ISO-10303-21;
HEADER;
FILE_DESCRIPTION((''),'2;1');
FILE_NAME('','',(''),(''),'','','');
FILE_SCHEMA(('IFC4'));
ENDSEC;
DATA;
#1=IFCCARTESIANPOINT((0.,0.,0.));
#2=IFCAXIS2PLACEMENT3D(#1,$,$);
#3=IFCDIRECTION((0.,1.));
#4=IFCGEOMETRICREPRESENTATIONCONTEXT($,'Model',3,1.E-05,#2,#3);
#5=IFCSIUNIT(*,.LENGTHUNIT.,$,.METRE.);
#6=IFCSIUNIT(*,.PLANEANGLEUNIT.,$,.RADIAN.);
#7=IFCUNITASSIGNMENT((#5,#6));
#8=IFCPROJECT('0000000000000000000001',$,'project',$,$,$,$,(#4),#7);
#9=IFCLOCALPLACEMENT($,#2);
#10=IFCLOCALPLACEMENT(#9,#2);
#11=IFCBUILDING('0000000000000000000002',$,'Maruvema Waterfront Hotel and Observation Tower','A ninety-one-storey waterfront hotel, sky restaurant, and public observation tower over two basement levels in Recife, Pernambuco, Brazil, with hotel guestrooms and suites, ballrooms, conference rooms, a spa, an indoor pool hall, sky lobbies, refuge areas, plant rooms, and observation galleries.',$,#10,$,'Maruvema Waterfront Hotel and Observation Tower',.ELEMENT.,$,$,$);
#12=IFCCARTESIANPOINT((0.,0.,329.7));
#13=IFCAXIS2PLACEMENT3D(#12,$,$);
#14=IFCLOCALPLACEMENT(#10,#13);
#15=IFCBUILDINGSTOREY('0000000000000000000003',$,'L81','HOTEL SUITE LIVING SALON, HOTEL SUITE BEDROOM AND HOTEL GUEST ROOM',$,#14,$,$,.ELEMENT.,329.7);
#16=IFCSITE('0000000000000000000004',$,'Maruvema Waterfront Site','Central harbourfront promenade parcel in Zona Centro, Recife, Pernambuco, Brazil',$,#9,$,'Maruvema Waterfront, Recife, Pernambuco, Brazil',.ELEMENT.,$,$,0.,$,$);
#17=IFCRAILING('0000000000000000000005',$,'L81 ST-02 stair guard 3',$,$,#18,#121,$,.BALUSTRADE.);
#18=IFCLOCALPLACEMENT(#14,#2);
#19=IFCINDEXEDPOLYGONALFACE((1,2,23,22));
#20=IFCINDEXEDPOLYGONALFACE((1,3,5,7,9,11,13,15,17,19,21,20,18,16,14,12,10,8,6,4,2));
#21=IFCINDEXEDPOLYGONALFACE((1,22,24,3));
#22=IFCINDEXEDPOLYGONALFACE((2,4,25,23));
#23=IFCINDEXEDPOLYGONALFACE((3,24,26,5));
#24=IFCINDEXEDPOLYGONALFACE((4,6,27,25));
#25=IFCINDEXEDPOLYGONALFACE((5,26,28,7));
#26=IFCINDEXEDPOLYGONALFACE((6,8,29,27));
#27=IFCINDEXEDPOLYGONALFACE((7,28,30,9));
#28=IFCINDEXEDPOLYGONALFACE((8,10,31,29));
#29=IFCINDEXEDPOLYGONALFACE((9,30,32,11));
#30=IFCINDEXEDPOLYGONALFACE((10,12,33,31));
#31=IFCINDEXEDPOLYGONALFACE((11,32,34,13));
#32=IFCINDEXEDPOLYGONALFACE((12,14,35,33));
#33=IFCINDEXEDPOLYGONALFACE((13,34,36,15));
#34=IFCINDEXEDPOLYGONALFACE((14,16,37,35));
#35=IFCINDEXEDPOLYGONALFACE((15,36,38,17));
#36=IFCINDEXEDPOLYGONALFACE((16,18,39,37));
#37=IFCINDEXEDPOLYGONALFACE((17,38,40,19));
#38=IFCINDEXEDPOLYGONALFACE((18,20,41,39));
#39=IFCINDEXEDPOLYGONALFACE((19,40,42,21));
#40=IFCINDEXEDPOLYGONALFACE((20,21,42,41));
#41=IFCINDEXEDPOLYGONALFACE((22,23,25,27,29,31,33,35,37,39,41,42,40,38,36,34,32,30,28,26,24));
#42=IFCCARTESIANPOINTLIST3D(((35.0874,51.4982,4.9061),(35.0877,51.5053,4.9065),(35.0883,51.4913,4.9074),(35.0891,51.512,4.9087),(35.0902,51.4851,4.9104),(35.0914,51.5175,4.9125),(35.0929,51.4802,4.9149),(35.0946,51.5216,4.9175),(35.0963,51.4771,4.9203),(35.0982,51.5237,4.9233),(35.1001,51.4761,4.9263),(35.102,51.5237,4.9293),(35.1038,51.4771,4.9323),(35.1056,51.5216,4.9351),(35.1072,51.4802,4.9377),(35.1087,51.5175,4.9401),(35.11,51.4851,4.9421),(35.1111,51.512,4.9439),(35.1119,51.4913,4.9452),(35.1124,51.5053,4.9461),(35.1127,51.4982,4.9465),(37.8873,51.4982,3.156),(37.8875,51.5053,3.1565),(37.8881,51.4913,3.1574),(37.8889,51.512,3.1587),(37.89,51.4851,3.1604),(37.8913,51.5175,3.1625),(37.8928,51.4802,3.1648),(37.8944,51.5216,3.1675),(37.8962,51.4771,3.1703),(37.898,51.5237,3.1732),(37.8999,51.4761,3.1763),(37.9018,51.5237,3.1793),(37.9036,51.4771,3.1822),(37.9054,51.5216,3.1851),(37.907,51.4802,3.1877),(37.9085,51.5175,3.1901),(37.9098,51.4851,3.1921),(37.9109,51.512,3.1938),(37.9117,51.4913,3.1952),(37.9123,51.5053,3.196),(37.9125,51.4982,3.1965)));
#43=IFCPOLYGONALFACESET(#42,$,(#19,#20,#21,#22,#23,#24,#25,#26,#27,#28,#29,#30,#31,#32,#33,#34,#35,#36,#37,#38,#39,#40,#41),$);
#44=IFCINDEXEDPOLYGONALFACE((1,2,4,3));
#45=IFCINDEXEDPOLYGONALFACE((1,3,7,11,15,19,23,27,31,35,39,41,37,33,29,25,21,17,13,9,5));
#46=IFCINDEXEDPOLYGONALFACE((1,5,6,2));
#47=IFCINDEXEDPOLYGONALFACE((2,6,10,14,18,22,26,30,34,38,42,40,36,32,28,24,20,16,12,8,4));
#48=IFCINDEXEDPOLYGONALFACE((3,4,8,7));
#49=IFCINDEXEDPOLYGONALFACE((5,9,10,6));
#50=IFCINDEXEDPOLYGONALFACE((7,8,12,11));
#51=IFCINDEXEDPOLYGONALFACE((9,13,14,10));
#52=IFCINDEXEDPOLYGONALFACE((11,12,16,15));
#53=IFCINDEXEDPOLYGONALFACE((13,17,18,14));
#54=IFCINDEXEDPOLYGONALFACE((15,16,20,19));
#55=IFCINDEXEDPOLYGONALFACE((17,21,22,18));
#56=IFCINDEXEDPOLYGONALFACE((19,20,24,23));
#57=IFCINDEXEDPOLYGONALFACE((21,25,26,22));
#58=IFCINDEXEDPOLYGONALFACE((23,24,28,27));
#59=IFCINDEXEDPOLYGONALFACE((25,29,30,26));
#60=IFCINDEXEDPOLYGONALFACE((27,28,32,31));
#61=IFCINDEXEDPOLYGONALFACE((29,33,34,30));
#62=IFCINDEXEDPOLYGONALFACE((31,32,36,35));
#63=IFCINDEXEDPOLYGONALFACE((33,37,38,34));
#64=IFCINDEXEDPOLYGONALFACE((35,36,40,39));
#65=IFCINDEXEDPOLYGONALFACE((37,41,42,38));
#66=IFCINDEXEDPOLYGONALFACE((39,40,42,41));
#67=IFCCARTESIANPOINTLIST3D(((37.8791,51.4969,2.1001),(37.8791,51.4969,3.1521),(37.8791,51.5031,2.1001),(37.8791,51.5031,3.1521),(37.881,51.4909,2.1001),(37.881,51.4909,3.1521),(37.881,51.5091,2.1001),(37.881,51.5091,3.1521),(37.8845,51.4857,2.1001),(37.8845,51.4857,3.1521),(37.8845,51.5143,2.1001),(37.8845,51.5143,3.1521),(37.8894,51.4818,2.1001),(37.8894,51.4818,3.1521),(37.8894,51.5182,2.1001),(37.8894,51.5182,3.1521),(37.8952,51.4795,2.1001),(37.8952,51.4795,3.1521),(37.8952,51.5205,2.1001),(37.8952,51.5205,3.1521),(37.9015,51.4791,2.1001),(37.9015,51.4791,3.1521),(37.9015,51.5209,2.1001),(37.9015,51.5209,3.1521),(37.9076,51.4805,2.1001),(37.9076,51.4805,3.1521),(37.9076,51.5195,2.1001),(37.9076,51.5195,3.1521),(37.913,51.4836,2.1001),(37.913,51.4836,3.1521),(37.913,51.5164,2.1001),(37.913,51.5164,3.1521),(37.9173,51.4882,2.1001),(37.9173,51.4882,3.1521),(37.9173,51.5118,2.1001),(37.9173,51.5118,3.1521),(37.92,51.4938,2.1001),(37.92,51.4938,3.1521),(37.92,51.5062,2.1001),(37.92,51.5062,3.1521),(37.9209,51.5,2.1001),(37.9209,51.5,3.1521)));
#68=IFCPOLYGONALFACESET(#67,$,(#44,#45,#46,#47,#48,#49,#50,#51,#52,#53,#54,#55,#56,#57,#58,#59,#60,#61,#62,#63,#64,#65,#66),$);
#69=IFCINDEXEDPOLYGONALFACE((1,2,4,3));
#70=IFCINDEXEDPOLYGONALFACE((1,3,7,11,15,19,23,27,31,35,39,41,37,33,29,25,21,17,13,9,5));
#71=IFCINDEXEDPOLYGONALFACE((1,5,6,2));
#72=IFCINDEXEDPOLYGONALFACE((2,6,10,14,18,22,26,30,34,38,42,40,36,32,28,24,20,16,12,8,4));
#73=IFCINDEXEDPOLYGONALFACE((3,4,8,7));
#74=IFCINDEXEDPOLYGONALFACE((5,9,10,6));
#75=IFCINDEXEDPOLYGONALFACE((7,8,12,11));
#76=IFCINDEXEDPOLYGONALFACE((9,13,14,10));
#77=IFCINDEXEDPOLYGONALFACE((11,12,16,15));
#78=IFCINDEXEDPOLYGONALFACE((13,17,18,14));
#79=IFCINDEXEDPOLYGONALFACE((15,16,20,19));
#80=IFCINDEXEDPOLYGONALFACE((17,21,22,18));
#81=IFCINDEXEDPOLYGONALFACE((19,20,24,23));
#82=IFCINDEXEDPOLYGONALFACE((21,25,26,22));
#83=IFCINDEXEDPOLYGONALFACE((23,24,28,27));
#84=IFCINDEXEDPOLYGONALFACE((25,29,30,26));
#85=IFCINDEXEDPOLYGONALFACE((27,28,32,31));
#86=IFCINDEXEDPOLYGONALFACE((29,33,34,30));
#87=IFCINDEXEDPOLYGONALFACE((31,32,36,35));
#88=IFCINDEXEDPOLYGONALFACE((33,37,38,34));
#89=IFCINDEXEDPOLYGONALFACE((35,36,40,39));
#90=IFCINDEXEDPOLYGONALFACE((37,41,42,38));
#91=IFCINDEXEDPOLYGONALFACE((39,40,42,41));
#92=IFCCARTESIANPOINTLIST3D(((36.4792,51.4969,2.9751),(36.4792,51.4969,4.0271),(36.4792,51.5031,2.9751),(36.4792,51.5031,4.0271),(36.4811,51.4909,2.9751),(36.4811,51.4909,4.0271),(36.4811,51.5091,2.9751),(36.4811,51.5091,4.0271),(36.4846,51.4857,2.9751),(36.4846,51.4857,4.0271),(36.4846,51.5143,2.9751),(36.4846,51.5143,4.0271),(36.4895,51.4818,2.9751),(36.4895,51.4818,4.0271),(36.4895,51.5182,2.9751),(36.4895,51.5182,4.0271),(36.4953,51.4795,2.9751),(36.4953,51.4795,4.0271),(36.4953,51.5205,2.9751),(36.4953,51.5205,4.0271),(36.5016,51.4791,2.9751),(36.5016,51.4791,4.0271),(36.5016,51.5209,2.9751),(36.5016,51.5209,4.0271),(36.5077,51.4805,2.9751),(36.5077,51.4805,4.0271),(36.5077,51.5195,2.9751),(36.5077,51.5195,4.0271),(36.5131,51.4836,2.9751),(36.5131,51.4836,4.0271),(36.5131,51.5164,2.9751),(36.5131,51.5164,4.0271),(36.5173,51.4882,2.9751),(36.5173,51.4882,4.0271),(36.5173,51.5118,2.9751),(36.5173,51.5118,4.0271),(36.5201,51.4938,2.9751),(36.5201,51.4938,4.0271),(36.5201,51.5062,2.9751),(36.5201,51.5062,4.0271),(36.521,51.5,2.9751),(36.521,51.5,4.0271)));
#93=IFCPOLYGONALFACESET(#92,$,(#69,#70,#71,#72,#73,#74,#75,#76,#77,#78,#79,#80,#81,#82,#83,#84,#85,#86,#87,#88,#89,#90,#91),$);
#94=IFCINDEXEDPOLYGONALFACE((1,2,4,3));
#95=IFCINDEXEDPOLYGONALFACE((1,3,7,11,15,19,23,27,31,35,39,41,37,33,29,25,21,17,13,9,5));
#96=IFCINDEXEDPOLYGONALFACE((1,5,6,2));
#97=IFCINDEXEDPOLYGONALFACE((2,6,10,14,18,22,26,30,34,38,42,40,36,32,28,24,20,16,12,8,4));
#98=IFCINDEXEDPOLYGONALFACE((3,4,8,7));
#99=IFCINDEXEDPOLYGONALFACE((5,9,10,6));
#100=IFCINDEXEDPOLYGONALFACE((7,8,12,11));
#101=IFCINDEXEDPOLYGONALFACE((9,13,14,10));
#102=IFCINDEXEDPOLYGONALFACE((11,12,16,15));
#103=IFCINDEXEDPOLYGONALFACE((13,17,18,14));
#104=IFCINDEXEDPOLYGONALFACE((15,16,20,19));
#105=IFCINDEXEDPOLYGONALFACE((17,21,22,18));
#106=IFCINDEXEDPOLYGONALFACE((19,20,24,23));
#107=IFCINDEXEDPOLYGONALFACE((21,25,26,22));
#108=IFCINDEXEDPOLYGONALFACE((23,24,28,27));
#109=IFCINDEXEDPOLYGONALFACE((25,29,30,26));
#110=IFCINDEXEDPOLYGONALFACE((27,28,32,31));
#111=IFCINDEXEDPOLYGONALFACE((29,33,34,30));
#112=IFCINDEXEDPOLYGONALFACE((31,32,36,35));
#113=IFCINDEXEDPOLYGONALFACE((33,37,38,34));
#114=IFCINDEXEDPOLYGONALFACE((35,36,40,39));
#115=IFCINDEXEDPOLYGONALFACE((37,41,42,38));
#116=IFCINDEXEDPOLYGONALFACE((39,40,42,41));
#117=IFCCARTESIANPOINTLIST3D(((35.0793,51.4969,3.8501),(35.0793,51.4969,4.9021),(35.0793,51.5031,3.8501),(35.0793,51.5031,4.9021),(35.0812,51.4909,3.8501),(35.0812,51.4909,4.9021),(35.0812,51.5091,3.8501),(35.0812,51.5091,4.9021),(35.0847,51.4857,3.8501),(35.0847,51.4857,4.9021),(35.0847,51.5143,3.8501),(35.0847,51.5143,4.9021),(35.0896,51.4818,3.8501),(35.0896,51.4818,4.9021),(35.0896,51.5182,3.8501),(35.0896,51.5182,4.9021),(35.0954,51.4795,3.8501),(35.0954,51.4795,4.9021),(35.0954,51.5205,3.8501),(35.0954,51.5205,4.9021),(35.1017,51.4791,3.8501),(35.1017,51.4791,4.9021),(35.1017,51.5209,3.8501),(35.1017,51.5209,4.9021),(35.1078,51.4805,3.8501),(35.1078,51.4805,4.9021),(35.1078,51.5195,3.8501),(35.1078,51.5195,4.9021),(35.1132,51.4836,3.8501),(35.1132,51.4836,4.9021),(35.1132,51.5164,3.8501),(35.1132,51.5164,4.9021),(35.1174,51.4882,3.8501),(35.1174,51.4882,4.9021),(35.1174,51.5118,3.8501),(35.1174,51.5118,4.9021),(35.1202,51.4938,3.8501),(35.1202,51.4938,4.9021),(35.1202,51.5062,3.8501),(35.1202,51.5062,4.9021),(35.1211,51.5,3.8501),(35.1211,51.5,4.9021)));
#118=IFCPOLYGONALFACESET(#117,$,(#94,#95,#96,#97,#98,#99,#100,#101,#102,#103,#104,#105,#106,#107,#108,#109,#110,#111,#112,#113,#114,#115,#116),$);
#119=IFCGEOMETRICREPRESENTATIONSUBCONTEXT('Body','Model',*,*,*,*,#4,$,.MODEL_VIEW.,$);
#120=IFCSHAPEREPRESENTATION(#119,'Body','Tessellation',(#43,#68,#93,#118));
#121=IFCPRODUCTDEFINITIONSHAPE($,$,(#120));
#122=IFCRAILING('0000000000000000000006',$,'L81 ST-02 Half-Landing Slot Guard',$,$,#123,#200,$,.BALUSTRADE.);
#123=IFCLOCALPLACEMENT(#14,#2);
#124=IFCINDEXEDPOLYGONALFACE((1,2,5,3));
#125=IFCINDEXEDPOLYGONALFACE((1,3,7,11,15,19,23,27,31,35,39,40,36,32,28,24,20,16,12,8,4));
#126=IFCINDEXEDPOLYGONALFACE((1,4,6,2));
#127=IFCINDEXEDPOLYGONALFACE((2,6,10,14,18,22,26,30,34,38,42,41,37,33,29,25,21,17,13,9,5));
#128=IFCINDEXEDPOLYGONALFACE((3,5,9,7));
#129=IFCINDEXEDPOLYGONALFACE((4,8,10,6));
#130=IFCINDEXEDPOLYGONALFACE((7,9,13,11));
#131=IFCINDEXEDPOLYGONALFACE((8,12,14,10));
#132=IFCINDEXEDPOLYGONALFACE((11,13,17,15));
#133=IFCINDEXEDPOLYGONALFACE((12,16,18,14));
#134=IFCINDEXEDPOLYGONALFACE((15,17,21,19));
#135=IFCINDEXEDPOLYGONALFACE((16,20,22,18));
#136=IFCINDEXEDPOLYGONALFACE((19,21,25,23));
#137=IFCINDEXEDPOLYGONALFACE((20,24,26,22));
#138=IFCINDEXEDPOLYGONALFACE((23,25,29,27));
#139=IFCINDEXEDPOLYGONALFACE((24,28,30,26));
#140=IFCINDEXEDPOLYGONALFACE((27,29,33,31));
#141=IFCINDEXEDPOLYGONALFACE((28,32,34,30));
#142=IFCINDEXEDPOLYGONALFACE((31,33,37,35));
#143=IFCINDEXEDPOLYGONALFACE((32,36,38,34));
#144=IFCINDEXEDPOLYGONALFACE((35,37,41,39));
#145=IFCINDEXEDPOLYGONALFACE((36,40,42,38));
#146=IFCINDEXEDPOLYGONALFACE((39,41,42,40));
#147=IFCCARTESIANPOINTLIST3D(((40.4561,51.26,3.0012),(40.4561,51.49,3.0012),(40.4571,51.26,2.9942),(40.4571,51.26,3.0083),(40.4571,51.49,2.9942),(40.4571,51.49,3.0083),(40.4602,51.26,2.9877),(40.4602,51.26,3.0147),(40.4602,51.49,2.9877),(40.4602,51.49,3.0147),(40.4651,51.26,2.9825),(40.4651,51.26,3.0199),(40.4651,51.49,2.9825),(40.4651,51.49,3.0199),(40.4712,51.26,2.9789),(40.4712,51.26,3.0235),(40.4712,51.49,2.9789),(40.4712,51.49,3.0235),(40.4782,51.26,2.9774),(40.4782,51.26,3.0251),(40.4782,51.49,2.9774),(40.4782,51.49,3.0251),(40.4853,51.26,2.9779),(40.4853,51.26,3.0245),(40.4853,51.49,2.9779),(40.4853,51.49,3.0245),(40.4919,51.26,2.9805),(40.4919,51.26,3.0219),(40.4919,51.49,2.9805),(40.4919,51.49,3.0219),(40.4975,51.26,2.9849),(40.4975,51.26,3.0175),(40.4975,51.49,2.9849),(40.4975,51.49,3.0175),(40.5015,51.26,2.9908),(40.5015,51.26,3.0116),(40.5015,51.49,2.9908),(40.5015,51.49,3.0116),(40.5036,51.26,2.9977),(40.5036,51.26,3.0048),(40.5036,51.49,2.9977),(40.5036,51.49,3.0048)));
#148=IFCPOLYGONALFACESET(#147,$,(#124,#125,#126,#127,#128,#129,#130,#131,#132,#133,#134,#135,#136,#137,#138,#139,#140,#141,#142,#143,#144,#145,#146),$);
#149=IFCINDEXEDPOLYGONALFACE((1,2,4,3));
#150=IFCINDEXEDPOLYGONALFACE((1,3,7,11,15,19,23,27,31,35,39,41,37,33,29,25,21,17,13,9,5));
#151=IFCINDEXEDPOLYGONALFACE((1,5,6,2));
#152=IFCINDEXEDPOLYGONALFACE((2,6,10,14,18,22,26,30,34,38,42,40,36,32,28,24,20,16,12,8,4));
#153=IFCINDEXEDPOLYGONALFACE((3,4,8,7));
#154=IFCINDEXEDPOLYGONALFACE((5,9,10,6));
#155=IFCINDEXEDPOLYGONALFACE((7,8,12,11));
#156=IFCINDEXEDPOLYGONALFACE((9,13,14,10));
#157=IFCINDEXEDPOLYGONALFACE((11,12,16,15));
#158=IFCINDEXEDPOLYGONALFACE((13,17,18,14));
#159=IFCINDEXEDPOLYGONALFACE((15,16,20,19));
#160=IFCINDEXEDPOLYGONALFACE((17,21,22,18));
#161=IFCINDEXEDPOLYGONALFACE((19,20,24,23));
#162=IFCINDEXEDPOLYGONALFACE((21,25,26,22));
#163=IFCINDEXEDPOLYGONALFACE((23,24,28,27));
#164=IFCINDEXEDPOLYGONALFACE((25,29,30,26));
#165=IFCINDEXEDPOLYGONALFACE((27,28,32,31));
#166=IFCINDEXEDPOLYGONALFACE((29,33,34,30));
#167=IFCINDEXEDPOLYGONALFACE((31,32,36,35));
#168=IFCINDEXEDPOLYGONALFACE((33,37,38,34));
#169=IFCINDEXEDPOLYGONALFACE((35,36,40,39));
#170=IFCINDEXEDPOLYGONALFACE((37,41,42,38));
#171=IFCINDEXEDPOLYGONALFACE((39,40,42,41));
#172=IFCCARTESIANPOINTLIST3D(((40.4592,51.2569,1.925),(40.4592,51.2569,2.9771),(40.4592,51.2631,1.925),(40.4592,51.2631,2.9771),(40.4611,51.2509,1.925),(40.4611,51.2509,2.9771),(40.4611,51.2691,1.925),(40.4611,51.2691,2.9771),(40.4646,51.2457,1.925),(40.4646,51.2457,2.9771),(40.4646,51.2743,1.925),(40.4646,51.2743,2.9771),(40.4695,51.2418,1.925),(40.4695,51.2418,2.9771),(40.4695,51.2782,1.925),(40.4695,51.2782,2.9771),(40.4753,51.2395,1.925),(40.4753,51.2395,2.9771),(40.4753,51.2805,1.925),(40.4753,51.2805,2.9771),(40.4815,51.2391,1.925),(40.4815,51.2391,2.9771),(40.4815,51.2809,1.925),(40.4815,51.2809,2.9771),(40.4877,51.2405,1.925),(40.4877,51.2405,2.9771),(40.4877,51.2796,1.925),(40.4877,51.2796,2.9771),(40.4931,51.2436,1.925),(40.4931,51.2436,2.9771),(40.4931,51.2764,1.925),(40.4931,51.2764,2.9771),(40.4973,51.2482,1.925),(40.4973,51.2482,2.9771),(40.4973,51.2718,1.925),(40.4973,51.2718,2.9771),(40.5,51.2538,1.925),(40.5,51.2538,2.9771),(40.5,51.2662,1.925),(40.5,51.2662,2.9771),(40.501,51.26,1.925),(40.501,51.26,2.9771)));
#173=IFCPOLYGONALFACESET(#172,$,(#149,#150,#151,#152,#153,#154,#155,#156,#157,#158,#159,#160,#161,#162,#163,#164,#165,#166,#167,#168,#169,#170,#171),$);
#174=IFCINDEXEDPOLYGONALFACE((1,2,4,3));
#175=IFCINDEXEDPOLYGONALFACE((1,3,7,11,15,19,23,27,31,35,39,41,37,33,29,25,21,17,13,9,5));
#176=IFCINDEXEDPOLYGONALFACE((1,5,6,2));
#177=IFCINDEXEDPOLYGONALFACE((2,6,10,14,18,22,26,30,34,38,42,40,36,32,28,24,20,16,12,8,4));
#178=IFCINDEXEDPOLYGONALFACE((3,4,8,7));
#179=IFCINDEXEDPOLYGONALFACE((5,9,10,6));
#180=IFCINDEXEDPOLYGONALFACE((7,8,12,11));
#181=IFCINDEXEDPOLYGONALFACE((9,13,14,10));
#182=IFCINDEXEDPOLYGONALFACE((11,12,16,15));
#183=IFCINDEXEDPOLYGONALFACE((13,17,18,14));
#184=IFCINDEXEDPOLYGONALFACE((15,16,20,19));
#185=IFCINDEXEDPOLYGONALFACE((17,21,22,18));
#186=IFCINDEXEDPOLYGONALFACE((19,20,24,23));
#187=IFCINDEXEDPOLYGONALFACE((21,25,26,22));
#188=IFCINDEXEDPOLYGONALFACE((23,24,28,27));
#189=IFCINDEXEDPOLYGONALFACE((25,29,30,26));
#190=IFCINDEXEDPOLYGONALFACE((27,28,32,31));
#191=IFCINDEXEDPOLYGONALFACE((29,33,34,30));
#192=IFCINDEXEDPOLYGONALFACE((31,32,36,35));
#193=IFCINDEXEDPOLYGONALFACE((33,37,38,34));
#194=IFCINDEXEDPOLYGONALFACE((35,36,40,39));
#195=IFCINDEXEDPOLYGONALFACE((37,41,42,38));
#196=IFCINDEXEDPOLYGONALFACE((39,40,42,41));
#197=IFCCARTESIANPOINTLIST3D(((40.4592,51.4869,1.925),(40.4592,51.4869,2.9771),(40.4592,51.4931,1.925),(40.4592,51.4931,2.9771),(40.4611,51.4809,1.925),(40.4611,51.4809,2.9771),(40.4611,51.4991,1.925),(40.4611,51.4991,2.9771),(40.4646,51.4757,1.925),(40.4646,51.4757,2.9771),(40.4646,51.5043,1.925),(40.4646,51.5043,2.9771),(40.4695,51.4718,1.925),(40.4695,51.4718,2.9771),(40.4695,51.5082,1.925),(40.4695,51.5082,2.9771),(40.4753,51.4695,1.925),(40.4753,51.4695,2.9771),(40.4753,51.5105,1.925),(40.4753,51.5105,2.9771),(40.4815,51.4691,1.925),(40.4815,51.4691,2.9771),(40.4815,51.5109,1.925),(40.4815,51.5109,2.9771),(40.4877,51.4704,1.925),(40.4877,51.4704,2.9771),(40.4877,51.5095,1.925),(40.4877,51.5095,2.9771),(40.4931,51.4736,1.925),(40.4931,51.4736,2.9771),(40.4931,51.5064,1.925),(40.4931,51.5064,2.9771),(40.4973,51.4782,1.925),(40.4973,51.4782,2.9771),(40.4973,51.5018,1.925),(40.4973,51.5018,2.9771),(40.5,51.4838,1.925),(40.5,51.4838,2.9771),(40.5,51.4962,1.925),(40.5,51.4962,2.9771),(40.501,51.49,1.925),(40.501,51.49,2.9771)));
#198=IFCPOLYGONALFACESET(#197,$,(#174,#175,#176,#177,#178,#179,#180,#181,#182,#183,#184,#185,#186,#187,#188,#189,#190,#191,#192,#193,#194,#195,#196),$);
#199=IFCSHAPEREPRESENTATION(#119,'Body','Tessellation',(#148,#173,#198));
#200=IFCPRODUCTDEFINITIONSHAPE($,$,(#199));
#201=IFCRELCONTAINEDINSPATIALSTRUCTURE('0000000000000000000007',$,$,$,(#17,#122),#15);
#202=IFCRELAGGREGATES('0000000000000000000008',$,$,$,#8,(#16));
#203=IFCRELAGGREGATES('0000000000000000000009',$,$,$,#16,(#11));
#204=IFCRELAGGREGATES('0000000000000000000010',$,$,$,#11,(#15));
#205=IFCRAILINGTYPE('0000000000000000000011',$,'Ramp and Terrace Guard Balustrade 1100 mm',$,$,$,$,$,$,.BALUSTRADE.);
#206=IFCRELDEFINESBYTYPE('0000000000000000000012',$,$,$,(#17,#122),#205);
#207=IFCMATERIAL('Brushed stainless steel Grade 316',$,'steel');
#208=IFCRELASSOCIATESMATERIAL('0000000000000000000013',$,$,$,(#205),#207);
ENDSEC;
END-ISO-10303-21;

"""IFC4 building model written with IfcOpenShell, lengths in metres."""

from ifc_helpers import new_model, si_unit, direction, frame, origin, origin_2d, place, context, subcontext, project, spatial, circle, extrude, material, type_object, element, save


model = new_model("IFC4")

# Units and contexts
model_context = context("Model", 3, precision=1e-05, world=origin(), true_north=direction((0.0, 1.0)))
body_context = subcontext(model_context, "Body", "Model", "MODEL_VIEW")
ifc_project = project(units=[si_unit("LENGTHUNIT", "METRE"), si_unit("PLANEANGLEUNIT", "RADIAN")], contexts=[model_context])

# Site, building, storey
site_placement = place(None, origin())
site = spatial("IfcSite", under=ifc_project, at=site_placement, Name="Maruvema Waterfront Site", Description="Central harbourfront promenade parcel in Zona Centro, Recife, Pernambuco, Brazil", LongName="Maruvema Waterfront, Recife, Pernambuco, Brazil", CompositionType="ELEMENT", RefElevation=0.0)
building_placement = place(site_placement, origin())
building = spatial("IfcBuilding", under=site, at=building_placement, Name="Maruvema Waterfront Hotel and Observation Tower", Description="A ninety-one-storey waterfront hotel, sky restaurant, and public observation tower over two basement levels in Recife, Pernambuco, Brazil, with hotel guestrooms and suites, ballrooms, conference rooms, a spa, an indoor pool hall, sky lobbies, refuge areas, plant rooms, and observation galleries.", LongName="Maruvema Waterfront Hotel and Observation Tower", CompositionType="ELEMENT")
storey_placement = place(building_placement, frame((0.0, 0.0, 329.7)))
storey = spatial("IfcBuildingStorey", under=building, at=storey_placement, Name="L81", Description="HOTEL SUITE LIVING SALON, HOTEL SUITE BEDROOM AND HOTEL GUEST ROOM", CompositionType="ELEMENT", Elevation=329.7)

# Railings
ifc_material_1 = material(Name="Brushed stainless steel Grade 316", Category="steel")
railing_type_1 = type_object("IfcRailingType", Name="Ramp and Terrace Guard Balustrade 1100 mm", PredefinedType="BALUSTRADE", material=ifc_material_1)
railing_1_placement = place(storey_placement, frame((37.8999, 51.5, 2.1001)))
element("IfcRailing", 1, at=railing_1_placement, inside=storey, type_object=railing_type_1, Name="L81 ST-02 stair guard 3", PredefinedType="BALUSTRADE", context=body_context, shape_type="SweptSolid", body=[
    extrude(circle(Radius=0.0239, at=origin_2d()), frame((0.0, 0.0, 1.0762), z_axis=(-0.847982, 0.0, 0.530026), x_axis=(0.0, -1.0, 0.0)), (0.0, 0.0, 1.0), 3.3018),
    extrude(circle(Radius=0.021, at=origin_2d()), origin(), (0.0, 0.0, 1.0), 1.052),
    extrude(circle(Radius=0.021, at=origin_2d()), frame((-1.3999, 0.0, 0.875)), (0.0, 0.0, 1.0), 1.052),
    extrude(circle(Radius=0.021, at=origin_2d()), frame((-2.7998, 0.0, 1.75)), (0.0, 0.0, 1.0), 1.052),
])
railing_2_placement = place(storey_placement, frame((40.48, 51.26, 1.925)))
element("IfcRailing", 2, at=railing_2_placement, inside=storey, type_object=railing_type_1, Name="L81 ST-02 Half-Landing Slot Guard", PredefinedType="BALUSTRADE", context=body_context, shape_type="SweptSolid", body=[
    extrude(circle(Radius=0.0239, at=origin_2d()), frame((0.0, 0.0, 1.0762), z_axis=(0.0, 1.0, 0.0), x_axis=(-1.0, 0.0, 0.0)), (0.0, 0.0, 1.0), 0.23),
    extrude(circle(Radius=0.021, at=origin_2d()), origin(), (0.0, 0.0, 1.0), 1.052),
    extrude(circle(Radius=0.021, at=origin_2d()), frame((0.0, 0.23, 0.0)), (0.0, 0.0, 1.0), 1.052),
])

save(model, "model.ifc")
